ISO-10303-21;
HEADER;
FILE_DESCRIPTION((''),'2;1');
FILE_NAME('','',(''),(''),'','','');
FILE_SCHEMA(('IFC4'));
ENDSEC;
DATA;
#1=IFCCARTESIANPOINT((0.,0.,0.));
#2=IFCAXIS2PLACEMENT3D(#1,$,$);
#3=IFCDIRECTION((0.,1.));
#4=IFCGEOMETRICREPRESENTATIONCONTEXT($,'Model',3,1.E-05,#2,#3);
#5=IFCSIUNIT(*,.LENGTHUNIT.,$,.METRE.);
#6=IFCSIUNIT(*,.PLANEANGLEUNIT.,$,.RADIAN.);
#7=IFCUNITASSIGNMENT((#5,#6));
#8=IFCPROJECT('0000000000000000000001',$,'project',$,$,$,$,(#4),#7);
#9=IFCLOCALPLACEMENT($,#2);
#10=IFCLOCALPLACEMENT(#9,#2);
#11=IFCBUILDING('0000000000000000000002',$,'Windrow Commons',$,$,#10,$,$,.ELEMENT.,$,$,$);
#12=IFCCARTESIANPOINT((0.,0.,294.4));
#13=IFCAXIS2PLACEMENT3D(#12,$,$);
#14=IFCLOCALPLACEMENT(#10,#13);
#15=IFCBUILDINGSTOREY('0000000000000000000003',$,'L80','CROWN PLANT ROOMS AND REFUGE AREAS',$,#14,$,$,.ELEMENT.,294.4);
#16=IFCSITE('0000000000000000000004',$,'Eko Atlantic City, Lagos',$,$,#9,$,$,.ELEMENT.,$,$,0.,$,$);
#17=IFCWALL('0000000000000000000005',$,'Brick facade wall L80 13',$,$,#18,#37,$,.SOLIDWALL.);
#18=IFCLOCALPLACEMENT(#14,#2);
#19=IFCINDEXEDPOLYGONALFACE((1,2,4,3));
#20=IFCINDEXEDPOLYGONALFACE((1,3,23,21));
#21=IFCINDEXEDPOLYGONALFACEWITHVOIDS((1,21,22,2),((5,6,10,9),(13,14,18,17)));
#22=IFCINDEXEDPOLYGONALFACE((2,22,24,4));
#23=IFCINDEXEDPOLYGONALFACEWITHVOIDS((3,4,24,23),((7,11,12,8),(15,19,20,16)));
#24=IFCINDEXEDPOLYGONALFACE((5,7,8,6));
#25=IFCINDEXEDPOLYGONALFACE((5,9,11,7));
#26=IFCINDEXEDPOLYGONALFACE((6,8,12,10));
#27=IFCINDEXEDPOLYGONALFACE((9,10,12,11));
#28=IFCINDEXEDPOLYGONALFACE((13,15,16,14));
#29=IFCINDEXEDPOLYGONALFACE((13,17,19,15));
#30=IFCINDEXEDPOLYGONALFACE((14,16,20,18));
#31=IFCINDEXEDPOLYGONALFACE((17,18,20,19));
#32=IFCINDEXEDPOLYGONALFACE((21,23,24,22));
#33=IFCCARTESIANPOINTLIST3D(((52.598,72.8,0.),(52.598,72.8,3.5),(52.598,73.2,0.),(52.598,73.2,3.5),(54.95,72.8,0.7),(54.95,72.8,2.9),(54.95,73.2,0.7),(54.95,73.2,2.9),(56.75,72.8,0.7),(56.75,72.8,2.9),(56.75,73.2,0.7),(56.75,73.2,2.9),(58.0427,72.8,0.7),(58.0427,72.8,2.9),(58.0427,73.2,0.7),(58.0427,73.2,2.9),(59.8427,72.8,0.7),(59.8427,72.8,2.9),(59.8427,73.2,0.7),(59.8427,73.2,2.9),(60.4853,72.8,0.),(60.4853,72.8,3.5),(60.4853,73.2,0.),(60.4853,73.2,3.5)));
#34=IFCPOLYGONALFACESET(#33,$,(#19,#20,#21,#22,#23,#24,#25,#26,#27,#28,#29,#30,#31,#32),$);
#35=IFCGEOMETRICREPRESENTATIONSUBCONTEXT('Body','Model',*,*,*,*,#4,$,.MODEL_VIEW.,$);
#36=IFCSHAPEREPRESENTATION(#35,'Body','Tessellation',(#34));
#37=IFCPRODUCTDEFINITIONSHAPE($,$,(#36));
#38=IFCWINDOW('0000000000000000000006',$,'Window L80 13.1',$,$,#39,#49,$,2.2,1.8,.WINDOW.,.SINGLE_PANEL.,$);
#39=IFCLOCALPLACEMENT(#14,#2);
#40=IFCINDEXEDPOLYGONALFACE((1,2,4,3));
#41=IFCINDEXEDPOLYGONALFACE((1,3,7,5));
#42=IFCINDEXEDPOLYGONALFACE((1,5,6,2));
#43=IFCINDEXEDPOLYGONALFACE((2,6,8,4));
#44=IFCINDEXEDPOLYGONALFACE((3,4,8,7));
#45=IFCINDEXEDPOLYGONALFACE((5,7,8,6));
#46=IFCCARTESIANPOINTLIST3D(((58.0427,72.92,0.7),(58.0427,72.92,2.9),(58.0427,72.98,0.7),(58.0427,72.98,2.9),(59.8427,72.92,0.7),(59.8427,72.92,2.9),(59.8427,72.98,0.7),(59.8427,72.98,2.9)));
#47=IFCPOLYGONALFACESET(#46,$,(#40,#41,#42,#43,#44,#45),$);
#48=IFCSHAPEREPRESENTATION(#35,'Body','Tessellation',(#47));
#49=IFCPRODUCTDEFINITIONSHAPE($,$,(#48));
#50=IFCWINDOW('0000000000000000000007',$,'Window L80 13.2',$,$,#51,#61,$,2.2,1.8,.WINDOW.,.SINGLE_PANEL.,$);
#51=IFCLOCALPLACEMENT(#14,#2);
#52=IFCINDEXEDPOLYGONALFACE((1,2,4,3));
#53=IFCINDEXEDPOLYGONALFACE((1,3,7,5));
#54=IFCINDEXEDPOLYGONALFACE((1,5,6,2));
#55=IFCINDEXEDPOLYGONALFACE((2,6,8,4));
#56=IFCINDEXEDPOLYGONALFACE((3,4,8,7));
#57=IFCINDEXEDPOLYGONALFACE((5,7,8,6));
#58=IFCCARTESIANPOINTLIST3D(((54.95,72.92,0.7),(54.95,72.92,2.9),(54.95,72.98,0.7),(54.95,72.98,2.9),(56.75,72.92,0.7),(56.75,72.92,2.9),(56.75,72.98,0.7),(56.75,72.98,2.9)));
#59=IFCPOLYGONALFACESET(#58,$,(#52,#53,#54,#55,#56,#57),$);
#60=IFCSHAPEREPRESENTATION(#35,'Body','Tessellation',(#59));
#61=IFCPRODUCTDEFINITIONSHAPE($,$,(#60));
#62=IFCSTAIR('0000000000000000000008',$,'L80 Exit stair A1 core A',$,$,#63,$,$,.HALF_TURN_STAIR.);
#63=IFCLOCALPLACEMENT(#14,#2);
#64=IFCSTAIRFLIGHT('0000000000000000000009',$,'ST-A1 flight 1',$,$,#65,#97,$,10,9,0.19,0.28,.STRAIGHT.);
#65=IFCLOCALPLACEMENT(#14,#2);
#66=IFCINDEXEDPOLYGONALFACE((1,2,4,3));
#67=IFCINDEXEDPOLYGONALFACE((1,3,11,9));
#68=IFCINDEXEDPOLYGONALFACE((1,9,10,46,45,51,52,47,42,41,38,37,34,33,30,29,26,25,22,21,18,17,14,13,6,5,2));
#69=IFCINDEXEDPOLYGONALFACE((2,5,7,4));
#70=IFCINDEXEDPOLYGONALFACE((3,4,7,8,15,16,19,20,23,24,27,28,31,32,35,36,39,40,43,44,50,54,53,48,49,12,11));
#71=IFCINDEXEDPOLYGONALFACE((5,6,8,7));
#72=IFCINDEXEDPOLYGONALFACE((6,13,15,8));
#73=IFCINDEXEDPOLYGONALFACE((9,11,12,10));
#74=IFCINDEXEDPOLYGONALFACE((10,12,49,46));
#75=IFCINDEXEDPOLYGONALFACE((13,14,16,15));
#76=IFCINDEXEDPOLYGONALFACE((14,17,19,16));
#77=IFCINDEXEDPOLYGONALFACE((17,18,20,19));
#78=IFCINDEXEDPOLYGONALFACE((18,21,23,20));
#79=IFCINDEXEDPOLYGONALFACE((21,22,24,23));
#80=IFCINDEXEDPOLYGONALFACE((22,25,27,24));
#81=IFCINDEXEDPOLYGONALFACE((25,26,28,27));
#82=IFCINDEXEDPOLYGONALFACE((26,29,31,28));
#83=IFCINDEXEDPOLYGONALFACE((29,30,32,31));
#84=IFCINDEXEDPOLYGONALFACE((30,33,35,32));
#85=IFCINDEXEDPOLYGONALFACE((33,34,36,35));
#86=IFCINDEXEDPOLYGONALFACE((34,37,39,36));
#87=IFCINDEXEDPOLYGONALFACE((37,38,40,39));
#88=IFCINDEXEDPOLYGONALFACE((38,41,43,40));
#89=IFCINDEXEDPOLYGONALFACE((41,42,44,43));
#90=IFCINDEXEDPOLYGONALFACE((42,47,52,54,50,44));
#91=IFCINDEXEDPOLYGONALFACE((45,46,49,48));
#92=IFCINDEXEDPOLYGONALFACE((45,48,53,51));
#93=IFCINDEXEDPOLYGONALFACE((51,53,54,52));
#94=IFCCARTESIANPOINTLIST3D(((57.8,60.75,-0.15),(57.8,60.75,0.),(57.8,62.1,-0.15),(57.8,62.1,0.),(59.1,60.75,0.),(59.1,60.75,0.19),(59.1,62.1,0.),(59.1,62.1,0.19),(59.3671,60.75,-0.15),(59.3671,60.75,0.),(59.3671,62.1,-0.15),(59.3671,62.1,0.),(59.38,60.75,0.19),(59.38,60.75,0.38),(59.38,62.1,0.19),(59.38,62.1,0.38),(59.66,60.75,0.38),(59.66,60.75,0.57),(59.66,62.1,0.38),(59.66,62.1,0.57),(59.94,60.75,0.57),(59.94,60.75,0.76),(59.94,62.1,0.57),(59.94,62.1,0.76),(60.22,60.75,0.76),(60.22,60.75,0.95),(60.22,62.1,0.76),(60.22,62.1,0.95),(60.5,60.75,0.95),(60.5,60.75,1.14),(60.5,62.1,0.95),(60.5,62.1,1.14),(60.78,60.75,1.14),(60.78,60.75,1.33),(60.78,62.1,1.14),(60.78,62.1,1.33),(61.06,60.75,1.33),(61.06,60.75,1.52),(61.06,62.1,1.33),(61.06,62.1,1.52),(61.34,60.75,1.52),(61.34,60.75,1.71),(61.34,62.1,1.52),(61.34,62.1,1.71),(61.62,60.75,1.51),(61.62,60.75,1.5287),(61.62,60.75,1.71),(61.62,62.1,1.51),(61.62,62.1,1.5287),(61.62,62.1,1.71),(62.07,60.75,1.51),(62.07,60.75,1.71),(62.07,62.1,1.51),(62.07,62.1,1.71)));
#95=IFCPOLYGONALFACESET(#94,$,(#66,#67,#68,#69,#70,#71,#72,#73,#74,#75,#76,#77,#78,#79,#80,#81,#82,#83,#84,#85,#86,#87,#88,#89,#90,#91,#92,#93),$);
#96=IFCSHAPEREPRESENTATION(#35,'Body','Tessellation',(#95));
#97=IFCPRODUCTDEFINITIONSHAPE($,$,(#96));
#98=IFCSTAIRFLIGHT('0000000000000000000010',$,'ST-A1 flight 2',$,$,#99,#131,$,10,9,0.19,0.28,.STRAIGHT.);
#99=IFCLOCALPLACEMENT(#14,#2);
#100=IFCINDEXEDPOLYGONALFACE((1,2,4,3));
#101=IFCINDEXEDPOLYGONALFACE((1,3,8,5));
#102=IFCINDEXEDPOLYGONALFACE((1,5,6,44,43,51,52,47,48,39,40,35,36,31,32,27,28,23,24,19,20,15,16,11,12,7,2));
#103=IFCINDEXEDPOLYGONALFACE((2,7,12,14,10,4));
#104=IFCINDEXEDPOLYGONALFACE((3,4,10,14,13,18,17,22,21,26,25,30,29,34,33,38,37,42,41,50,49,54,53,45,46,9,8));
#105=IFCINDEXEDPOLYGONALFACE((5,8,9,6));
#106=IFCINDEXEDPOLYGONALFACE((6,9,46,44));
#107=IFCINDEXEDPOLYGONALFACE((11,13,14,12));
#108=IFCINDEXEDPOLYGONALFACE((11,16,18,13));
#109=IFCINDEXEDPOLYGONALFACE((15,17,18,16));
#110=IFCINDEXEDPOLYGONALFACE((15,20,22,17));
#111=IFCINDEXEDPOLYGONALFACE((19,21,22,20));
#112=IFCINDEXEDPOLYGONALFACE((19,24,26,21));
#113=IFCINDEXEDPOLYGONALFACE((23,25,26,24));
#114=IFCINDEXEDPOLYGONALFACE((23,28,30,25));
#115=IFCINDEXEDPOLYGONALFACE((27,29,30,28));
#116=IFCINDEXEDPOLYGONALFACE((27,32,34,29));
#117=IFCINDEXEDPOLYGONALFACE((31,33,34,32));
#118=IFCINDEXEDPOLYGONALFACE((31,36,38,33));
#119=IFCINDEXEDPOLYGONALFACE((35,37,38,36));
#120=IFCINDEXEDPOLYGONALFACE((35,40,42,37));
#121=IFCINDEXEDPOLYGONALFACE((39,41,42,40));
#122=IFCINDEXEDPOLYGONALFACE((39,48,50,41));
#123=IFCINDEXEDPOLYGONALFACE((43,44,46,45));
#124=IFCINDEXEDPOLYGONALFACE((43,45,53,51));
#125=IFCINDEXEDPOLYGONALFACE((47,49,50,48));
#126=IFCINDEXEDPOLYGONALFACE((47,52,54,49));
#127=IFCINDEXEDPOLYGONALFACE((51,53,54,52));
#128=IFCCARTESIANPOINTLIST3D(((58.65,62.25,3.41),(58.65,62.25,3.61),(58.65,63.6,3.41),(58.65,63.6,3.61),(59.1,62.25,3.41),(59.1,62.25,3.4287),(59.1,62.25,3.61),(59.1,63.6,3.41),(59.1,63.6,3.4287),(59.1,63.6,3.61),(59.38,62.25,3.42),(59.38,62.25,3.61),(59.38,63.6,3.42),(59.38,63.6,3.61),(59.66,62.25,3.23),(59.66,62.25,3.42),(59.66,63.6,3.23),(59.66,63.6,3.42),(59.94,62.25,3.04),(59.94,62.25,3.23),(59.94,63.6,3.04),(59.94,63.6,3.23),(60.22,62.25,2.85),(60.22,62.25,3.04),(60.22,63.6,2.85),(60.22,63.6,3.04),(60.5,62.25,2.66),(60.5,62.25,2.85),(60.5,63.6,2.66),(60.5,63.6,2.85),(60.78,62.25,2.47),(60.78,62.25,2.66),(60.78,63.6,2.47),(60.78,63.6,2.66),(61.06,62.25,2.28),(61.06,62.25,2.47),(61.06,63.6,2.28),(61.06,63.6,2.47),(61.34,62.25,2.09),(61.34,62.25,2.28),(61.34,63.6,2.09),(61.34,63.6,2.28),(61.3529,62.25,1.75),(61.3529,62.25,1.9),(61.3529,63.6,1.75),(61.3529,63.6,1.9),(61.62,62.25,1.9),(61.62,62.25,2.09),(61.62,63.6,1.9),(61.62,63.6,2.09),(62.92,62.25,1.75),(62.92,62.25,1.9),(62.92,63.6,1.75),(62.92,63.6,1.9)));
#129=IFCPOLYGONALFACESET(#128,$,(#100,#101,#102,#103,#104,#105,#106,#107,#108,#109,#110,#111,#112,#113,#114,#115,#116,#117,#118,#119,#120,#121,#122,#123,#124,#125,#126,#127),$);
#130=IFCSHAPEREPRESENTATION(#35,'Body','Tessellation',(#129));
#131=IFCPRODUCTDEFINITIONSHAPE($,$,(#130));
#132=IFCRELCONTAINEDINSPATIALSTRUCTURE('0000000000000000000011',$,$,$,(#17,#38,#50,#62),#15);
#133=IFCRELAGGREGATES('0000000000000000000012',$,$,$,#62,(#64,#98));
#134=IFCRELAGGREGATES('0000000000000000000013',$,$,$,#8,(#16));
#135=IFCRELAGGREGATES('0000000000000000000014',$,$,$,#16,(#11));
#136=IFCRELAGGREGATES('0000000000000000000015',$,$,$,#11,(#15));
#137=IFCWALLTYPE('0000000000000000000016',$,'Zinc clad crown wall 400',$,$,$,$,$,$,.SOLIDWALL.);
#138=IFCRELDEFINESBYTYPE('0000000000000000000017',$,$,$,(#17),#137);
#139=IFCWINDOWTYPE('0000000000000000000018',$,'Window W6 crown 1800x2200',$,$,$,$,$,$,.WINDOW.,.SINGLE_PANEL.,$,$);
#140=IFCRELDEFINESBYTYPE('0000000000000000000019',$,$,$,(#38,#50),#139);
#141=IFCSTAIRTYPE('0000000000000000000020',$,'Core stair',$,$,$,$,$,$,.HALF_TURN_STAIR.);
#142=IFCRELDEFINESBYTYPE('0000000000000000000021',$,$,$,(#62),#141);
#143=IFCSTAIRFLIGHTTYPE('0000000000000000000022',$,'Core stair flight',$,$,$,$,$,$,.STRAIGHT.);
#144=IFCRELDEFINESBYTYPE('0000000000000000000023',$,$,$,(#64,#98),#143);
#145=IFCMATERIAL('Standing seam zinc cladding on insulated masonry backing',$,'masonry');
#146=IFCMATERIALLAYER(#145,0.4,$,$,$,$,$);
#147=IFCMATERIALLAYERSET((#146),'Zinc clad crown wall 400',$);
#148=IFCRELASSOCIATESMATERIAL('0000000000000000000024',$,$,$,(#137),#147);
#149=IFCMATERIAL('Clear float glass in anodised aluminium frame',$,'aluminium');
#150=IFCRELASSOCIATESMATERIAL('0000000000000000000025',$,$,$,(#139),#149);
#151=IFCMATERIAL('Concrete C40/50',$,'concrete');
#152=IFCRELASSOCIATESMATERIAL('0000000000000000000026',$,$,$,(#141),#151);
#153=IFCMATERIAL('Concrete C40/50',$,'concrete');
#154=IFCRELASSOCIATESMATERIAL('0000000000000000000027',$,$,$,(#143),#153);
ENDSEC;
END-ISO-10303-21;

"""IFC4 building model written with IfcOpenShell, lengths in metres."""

from ifc_helpers import new_model, si_unit, direction, frame, frame_2d, origin, place, context, subcontext, project, spatial, polyline, rectangle, outline, extrude, material, layer, layer_set, type_object, element, fill, aggregate, save


model = new_model("IFC4")

# Units and contexts
model_context = context("Model", 3, precision=1e-05, world=origin(), true_north=direction((0.0, 1.0)))
body_context = subcontext(model_context, "Body", "Model", "MODEL_VIEW")
ifc_project = project(units=[si_unit("LENGTHUNIT", "METRE"), si_unit("PLANEANGLEUNIT", "RADIAN")], contexts=[model_context])

# Site, building, storey
site_placement = place(None, origin())
site = spatial("IfcSite", under=ifc_project, at=site_placement, Name="Eko Atlantic City, Lagos", CompositionType="ELEMENT", RefElevation=0.0)
building_placement = place(site_placement, origin())
building = spatial("IfcBuilding", under=site, at=building_placement, Name="Windrow Commons", CompositionType="ELEMENT")
storey_placement = place(building_placement, frame((0.0, 0.0, 294.4)))
storey = spatial("IfcBuildingStorey", under=building, at=storey_placement, Name="L80", Description="CROWN PLANT ROOMS AND REFUGE AREAS", CompositionType="ELEMENT", Elevation=294.4)

# Wall, openings, windows
ifc_material_1 = material(Name="Standing seam zinc cladding on insulated masonry backing", Category="masonry")
ifc_layer_1 = layer(ifc_material_1, 0.4)
ifc_layer_set_1 = layer_set([ifc_layer_1], Name="Zinc clad crown wall 400")
wall_type_1 = type_object("IfcWallType", Name="Zinc clad crown wall 400", PredefinedType="SOLIDWALL", material=ifc_layer_set_1)
wall_1_placement = place(storey_placement, frame((60.4853, 73.0, 0.0), z_axis=(0.0, 0.0, 1.0), x_axis=(-1.0, 0.0, 0.0)))
wall_1 = element("IfcWall", 1, at=wall_1_placement, inside=storey, type_object=wall_type_1, Name="Brick facade wall L80 13", PredefinedType="SOLIDWALL", context=body_context, shape_type="SweptSolid", body=[
    extrude(outline(polyline([(0.0, -0.2), (7.8873, -0.2), (7.8873, 0.2), (0.0, 0.2), (0.0, -0.2)])), origin(), (0.0, 0.0, 1.0), 3.5),
])
opening_1_placement = place(wall_1_placement, frame((0.6426, 0.0, 0.7)))
opening_1 = element("IfcOpeningElement", 2, at=opening_1_placement, cuts=wall_1, PredefinedType="OPENING", context=body_context, shape_type="SweptSolid", body=[
    extrude(rectangle(XDim=1.8, YDim=2.2, at=frame_2d((0.9, 1.1))), frame((0.0, 0.21, 0.0), z_axis=(0.0, -1.0, 0.0), x_axis=(1.0, 0.0, 0.0)), (0.0, 0.0, 1.0), 0.42),
])
opening_2_placement = place(wall_1_placement, frame((3.7353, 0.0, 0.7)))
opening_2 = element("IfcOpeningElement", 3, at=opening_2_placement, cuts=wall_1, PredefinedType="OPENING", context=body_context, shape_type="SweptSolid", body=[
    extrude(rectangle(XDim=1.8, YDim=2.2, at=frame_2d((0.9, 1.1))), frame((0.0, 0.21, 0.0), z_axis=(0.0, -1.0, 0.0), x_axis=(1.0, 0.0, 0.0)), (0.0, 0.0, 1.0), 0.42),
])
ifc_material_2 = material(Name="Clear float glass in anodised aluminium frame", Category="aluminium")
window_type = type_object("IfcWindowType", Name="Window W6 crown 1800x2200", PartitioningType="SINGLE_PANEL", PredefinedType="WINDOW", material=ifc_material_2)
window_1_placement = place(opening_1_placement, origin())
window_1 = element("IfcWindow", 4, at=window_1_placement, inside=storey, type_object=window_type, Name="Window L80 13.1", OverallHeight=2.2, OverallWidth=1.8, PartitioningType="SINGLE_PANEL", PredefinedType="WINDOW", context=body_context, shape_type="SweptSolid", body=[
    extrude(rectangle(XDim=1.8, YDim=2.2, at=frame_2d((0.9, 1.1))), frame((0.0, 0.08, 0.0), z_axis=(0.0, -1.0, 0.0), x_axis=(1.0, 0.0, 0.0)), (0.0, 0.0, 1.0), 0.06),
])
fill(opening_1, window_1)
window_2_placement = place(opening_2_placement, origin())
window_2 = element("IfcWindow", 5, at=window_2_placement, inside=storey, type_object=window_type, Name="Window L80 13.2", OverallHeight=2.2, OverallWidth=1.8, PartitioningType="SINGLE_PANEL", PredefinedType="WINDOW", context=body_context, shape_type="SweptSolid", body=[
    extrude(rectangle(XDim=1.8, YDim=2.2, at=frame_2d((0.9, 1.1))), frame((0.0, 0.08, 0.0), z_axis=(0.0, -1.0, 0.0), x_axis=(1.0, 0.0, 0.0)), (0.0, 0.0, 1.0), 0.06),
])
fill(opening_2, window_2)

# Stair, stair flights
ifc_material_3 = material(Name="Concrete C40/50", Category="concrete")
stair_type = type_object("IfcStairType", Name="Core stair", PredefinedType="HALF_TURN_STAIR", material=ifc_material_3)
stair_placement = place(storey_placement, origin())
stair = element("IfcStair", 6, at=stair_placement, inside=storey, type_object=stair_type, Name="L80 Exit stair A1 core A", PredefinedType="HALF_TURN_STAIR")
ifc_material_4 = material(Name="Concrete C40/50", Category="concrete")
stair_flight_type = type_object("IfcStairFlightType", Name="Core stair flight", PredefinedType="STRAIGHT", material=ifc_material_4)
stair_flight_1_placement = place(storey_placement, frame((59.1, 61.425, 0.0), z_axis=(0.0, 0.0, 1.0), x_axis=(1.0, 0.0, 0.0)))
stair_flight_1 = element("IfcStairFlight", 7, at=stair_flight_1_placement, type_object=stair_flight_type, Name="ST-A1 flight 1", NumberOfRisers=10, NumberOfTreads=9, PredefinedType="STRAIGHT", RiserHeight=0.19, TreadLength=0.28, context=body_context, shape_type="SweptSolid", body=[
    extrude(outline(polyline([(-1.3, -0.15), (-1.3, 0.0), (0.0, 0.0), (0.0, 0.19), (0.28, 0.19), (0.28, 0.38), (0.56, 0.38), (0.56, 0.57), (0.84, 0.57), (0.84, 0.76), (1.12, 0.76), (1.12, 0.95), (1.4, 0.95), (1.4, 1.14), (1.68, 1.14), (1.68, 1.33), (1.96, 1.33), (1.96, 1.52), (2.24, 1.52), (2.24, 1.71), (2.52, 1.71), (2.97, 1.71), (2.97, 1.51), (2.52, 1.51), (2.52, 1.5287), (0.2671, 0.0), (0.2671, -0.15), (-1.3, -0.15)])), frame((0.0, 0.675, 0.0), z_axis=(0.0, -1.0, 0.0), x_axis=(1.0, 0.0, 0.0)), (0.0, 0.0, 1.0), 1.35),
])
stair_flight_2_placement = place(storey_placement, frame((61.62, 62.925, 1.9), z_axis=(0.0, 0.0, 1.0), x_axis=(-1.0, 0.0, 0.0)))
stair_flight_2 = element("IfcStairFlight", 8, at=stair_flight_2_placement, type_object=stair_flight_type, Name="ST-A1 flight 2", NumberOfRisers=10, NumberOfTreads=9, PredefinedType="STRAIGHT", RiserHeight=0.19, TreadLength=0.28, context=body_context, shape_type="SweptSolid", body=[
    extrude(outline(polyline([(-1.3, -0.15), (-1.3, 0.0), (0.0, 0.0), (0.0, 0.19), (0.28, 0.19), (0.28, 0.38), (0.56, 0.38), (0.56, 0.57), (0.84, 0.57), (0.84, 0.76), (1.12, 0.76), (1.12, 0.95), (1.4, 0.95), (1.4, 1.14), (1.68, 1.14), (1.68, 1.33), (1.96, 1.33), (1.96, 1.52), (2.24, 1.52), (2.24, 1.71), (2.52, 1.71), (2.97, 1.71), (2.97, 1.51), (2.52, 1.51), (2.52, 1.5287), (0.2671, 0.0), (0.2671, -0.15), (-1.3, -0.15)])), frame((0.0, 0.675, 0.0), z_axis=(0.0, -1.0, 0.0), x_axis=(1.0, 0.0, 0.0)), (0.0, 0.0, 1.0), 1.35),
])
aggregate(stair, [stair_flight_1, stair_flight_2])

save(model, "model.ifc")
